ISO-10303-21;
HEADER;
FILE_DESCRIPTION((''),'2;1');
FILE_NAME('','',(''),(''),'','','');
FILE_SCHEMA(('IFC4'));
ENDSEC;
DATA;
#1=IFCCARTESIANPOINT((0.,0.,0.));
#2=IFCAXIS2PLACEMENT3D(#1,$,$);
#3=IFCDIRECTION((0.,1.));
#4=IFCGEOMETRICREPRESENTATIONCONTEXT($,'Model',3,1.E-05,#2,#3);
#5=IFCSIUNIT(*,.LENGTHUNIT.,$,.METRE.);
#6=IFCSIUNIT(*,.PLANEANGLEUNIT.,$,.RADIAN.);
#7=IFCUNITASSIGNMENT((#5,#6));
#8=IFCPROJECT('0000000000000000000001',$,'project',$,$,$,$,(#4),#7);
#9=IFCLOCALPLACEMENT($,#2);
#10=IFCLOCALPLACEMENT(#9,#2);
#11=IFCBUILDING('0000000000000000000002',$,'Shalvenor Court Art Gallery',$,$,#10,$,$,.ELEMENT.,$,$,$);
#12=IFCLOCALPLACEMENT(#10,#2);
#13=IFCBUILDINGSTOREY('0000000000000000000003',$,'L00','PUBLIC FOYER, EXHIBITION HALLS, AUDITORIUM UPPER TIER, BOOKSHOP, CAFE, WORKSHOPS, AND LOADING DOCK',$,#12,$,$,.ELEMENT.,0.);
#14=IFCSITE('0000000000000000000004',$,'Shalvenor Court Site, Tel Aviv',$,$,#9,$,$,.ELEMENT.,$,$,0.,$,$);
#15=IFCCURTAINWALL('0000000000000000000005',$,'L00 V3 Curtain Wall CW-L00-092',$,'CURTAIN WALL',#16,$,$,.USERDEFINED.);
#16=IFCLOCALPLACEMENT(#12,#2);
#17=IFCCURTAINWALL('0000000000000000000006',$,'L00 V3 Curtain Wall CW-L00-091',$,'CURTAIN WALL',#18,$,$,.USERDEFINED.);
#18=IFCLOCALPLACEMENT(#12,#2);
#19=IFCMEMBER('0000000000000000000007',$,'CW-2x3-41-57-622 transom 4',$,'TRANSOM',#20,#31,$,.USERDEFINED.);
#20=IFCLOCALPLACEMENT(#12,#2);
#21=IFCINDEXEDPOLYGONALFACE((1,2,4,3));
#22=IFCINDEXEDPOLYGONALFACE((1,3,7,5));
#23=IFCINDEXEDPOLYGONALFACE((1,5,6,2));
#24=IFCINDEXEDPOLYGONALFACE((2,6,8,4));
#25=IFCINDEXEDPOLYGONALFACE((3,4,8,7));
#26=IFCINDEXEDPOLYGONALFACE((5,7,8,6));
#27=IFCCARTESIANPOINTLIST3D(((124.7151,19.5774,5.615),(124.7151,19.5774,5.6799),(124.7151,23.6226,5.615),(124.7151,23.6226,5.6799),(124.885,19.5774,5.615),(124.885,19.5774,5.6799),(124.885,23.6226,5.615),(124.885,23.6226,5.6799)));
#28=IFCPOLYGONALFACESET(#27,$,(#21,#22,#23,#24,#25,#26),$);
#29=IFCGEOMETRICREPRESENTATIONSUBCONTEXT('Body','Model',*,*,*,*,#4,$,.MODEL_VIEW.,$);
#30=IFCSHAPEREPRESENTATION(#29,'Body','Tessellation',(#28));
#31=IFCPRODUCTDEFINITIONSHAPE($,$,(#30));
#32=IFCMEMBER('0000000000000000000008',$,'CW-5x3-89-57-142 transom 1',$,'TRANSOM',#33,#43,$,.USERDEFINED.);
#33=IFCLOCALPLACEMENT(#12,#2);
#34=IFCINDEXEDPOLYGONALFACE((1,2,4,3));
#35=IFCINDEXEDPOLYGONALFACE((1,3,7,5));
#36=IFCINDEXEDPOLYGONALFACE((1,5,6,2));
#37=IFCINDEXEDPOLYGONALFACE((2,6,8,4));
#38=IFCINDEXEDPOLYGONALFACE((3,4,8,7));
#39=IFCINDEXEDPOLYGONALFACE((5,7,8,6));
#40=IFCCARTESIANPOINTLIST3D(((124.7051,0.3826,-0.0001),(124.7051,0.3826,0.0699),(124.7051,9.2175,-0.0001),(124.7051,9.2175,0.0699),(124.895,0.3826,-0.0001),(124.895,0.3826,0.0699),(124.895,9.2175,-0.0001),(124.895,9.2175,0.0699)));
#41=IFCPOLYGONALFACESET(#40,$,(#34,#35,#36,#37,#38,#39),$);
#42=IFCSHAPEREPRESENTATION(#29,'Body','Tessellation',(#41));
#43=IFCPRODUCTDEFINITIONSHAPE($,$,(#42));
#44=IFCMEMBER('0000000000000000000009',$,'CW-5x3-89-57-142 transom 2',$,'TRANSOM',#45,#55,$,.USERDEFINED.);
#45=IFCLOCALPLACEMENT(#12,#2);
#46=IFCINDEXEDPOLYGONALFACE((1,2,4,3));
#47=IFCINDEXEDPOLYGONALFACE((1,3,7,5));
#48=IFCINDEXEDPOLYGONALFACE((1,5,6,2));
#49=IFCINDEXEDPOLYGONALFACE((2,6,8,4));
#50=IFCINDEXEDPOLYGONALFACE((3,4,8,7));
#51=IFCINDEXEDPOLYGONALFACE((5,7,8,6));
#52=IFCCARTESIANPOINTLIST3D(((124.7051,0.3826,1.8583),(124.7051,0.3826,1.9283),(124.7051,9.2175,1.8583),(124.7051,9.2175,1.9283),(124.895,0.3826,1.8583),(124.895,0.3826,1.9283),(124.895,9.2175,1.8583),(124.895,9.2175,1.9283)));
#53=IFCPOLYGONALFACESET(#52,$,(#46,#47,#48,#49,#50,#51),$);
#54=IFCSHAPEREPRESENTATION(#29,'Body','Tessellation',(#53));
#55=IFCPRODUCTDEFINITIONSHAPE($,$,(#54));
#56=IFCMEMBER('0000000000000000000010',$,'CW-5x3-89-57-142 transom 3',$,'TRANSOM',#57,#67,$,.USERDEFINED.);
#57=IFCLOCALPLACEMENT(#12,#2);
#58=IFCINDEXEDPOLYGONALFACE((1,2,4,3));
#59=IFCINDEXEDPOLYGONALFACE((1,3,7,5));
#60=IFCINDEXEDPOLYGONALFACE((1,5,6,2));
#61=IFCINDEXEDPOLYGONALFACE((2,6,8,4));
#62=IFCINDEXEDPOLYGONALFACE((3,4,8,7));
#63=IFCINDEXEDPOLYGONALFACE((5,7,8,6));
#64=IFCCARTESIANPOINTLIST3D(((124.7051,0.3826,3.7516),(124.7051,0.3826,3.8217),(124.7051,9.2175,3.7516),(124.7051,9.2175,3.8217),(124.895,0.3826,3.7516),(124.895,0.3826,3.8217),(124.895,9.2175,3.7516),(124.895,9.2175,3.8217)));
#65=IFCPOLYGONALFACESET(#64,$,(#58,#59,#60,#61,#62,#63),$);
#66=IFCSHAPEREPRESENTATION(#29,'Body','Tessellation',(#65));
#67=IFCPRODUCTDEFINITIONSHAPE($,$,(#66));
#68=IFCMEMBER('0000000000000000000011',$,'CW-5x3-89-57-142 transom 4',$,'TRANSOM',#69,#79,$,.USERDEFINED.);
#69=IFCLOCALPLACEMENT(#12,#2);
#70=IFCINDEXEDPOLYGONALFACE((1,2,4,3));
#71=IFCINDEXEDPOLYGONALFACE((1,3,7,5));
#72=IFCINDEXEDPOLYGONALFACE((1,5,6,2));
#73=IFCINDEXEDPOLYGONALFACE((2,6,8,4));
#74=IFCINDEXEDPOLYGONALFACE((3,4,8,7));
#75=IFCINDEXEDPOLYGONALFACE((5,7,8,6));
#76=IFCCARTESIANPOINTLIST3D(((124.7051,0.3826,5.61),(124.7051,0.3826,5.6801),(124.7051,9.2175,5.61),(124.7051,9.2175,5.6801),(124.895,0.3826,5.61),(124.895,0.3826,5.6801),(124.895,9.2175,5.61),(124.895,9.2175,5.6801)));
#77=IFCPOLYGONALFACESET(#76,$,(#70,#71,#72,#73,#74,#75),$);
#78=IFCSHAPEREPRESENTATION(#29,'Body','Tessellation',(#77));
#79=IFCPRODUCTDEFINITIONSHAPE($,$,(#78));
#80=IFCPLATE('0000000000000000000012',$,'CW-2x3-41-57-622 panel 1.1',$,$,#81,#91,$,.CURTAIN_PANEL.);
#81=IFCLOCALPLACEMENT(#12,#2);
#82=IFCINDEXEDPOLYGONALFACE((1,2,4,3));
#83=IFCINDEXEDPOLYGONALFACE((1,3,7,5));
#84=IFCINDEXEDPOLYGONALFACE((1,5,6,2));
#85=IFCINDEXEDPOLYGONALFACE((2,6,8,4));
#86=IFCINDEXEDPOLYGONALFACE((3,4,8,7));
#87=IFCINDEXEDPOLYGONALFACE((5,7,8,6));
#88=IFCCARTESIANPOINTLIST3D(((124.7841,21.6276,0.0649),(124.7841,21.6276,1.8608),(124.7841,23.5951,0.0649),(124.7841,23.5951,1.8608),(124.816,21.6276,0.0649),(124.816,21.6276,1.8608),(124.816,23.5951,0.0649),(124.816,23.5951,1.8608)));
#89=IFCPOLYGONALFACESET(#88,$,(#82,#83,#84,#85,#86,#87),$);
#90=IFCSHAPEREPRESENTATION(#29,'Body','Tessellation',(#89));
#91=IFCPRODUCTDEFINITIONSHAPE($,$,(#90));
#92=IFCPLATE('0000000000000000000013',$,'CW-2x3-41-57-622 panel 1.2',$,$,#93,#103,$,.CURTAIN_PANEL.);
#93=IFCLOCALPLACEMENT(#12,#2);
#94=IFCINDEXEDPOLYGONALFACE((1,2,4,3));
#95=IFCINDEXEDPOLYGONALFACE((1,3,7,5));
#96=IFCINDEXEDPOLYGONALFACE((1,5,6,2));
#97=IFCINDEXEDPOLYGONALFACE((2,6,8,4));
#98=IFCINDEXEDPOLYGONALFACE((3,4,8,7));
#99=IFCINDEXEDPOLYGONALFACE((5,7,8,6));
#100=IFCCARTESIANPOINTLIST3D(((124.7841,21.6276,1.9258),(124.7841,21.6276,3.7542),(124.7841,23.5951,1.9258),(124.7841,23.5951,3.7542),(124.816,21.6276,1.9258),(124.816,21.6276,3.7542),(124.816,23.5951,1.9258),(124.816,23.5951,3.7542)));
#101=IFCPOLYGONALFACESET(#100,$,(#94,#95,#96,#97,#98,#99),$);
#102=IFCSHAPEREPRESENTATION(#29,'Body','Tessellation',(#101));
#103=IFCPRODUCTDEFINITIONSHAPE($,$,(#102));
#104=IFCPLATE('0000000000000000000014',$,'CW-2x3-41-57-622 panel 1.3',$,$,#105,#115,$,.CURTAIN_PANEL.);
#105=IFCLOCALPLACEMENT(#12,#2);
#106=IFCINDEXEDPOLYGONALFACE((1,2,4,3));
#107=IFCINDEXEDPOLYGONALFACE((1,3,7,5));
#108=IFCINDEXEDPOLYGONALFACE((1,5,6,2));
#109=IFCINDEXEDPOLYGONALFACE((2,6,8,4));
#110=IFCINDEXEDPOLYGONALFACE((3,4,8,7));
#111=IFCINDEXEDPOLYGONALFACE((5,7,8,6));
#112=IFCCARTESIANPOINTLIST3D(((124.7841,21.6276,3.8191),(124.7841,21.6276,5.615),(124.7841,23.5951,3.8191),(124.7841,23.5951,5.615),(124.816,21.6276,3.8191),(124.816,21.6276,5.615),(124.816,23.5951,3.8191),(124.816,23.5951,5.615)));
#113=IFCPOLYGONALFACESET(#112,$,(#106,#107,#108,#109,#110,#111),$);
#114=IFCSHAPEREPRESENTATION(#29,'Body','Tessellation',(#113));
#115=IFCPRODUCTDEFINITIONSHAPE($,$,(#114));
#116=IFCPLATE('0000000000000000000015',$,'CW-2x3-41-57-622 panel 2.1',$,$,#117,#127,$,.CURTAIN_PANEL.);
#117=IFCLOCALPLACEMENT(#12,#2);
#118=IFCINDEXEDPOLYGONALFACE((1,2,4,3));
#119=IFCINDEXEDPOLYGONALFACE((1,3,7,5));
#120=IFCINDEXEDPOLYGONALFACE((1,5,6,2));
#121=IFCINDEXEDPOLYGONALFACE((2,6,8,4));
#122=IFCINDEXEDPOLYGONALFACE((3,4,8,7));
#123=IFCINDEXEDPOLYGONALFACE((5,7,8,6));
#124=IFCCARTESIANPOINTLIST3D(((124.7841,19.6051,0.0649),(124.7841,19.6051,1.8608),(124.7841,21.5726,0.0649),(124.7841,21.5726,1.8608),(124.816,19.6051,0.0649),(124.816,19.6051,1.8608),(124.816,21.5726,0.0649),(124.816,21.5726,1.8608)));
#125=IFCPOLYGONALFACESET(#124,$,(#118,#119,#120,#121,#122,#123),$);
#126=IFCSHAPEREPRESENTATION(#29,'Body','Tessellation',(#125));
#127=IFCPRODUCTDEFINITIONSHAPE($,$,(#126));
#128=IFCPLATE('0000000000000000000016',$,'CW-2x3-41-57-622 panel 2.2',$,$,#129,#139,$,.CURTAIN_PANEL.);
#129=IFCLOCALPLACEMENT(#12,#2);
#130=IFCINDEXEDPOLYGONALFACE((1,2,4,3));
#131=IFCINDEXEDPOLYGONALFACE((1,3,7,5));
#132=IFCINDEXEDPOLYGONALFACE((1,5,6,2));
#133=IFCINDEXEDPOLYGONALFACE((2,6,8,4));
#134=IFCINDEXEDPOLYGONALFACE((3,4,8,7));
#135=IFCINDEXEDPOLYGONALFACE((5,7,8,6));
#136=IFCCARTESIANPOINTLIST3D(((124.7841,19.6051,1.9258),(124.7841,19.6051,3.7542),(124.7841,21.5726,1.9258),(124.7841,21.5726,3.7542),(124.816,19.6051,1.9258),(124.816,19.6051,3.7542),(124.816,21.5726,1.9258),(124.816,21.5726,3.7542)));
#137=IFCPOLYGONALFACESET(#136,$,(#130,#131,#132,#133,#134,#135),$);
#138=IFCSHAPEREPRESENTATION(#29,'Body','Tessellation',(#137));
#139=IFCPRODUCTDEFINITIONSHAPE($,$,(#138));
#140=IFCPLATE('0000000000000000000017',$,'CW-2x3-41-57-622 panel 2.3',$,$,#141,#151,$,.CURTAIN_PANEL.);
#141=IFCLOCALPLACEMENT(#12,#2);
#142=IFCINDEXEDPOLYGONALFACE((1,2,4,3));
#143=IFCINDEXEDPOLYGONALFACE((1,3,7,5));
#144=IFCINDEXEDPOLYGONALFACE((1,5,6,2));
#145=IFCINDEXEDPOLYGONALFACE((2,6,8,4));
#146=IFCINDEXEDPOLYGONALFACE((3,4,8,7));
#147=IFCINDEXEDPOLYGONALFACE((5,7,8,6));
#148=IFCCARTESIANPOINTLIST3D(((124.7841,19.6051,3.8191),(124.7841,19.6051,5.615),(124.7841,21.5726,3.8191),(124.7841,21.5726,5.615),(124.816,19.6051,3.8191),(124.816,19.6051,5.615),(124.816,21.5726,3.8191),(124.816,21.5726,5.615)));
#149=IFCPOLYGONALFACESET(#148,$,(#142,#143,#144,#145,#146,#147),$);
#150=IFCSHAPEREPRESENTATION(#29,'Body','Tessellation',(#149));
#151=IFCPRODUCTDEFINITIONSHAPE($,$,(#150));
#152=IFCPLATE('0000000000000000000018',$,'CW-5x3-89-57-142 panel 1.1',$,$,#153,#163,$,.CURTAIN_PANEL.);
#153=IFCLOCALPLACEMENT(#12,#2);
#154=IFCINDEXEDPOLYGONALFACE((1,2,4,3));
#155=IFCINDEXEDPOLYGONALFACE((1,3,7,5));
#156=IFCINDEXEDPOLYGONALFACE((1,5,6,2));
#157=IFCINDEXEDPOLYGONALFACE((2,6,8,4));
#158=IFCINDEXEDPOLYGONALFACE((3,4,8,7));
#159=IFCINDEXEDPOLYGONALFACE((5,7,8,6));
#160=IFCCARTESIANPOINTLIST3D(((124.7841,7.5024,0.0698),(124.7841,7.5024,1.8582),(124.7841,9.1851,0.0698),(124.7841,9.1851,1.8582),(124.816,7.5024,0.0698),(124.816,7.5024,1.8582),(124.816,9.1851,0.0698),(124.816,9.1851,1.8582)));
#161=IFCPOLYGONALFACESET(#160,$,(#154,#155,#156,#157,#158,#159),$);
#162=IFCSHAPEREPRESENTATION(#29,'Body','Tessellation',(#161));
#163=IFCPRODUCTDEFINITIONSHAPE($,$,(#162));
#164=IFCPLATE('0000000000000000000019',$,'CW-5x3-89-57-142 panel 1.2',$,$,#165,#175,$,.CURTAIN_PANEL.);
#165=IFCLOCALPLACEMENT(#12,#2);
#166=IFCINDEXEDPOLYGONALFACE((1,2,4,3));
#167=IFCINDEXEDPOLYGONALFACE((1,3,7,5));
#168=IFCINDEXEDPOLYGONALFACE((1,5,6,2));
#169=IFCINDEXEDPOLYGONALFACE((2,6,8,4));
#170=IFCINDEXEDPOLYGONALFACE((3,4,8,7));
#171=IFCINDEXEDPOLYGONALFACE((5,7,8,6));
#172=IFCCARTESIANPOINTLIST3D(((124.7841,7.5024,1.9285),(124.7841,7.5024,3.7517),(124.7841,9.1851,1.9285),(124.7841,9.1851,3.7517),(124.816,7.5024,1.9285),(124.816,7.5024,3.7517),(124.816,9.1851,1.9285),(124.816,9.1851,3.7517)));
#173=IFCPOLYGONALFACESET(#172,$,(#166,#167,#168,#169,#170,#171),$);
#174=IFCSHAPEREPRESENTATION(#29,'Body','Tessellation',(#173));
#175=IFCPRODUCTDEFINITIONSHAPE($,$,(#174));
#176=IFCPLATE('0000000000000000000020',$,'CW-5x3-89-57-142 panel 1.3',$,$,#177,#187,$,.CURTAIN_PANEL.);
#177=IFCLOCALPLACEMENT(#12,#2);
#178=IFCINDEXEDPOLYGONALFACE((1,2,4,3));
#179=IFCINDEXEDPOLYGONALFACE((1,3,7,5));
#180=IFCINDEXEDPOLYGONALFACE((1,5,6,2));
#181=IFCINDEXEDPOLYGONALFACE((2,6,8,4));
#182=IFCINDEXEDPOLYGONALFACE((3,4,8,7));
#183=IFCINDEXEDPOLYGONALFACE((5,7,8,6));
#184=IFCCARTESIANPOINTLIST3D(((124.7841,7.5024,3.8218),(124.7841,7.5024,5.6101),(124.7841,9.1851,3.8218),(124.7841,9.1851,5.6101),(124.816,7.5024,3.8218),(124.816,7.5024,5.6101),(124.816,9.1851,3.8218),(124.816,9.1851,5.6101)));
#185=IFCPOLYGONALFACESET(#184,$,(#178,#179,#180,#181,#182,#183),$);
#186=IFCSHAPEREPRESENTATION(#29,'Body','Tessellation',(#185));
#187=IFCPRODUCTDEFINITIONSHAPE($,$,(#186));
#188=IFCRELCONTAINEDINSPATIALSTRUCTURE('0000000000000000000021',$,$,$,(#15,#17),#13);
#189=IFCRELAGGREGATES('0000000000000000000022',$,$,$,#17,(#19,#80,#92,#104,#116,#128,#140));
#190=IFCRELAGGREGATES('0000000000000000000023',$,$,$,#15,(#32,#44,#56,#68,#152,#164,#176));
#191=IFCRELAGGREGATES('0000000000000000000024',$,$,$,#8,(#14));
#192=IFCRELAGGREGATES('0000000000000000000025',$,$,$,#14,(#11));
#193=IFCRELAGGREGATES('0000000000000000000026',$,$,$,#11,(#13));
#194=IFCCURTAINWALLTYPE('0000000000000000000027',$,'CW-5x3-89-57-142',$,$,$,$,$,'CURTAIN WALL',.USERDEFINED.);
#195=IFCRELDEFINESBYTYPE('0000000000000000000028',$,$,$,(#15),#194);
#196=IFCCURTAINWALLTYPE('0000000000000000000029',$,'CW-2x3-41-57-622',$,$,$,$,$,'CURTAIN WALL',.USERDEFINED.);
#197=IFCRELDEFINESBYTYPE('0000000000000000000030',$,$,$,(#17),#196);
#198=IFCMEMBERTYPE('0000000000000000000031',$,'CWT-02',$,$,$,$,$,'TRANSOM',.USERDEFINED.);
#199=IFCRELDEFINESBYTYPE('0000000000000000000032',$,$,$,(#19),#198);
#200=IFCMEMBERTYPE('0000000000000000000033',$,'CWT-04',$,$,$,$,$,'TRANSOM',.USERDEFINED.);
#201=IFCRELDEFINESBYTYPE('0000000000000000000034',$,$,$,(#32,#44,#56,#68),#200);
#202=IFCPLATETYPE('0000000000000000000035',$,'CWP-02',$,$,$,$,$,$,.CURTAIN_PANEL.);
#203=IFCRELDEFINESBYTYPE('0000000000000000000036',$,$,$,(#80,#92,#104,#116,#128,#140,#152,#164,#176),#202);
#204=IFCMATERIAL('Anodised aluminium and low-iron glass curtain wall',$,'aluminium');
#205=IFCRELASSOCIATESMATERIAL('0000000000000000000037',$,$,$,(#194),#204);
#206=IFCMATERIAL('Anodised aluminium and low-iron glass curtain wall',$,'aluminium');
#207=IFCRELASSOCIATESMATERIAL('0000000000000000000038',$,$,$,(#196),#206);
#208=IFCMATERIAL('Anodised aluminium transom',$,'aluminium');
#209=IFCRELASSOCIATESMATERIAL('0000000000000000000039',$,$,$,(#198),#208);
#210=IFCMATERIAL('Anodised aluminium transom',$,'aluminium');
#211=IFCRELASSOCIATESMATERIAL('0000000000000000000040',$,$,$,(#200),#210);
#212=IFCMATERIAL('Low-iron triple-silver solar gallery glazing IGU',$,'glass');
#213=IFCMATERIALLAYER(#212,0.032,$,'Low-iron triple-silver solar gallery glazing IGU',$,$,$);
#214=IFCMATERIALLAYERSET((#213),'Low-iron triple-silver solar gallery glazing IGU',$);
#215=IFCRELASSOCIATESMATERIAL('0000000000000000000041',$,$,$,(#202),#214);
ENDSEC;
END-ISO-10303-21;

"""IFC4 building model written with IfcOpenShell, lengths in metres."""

from ifc_helpers import new_model, si_unit, direction, frame, origin, origin_2d, place, context, subcontext, project, spatial, rectangle, extrude, material, layer, layer_set, material_profile, profile_set, type_object, element, aggregate, save


model = new_model("IFC4")

# Units and contexts
model_context = context("Model", 3, precision=1e-05, world=origin(), true_north=direction((0.0, 1.0)))
body_context = subcontext(model_context, "Body", "Model", "MODEL_VIEW")
ifc_project = project(units=[si_unit("LENGTHUNIT", "METRE"), si_unit("PLANEANGLEUNIT", "RADIAN")], contexts=[model_context])

# Site, building, storey
site_placement = place(None, origin())
site = spatial("IfcSite", under=ifc_project, at=site_placement, Name="Shalvenor Court Site, Tel Aviv", CompositionType="ELEMENT", RefElevation=0.0)
building_placement = place(site_placement, origin())
building = spatial("IfcBuilding", under=site, at=building_placement, Name="Shalvenor Court Art Gallery", CompositionType="ELEMENT")
storey_placement = place(building_placement, origin())
storey = spatial("IfcBuildingStorey", under=building, at=storey_placement, Name="L00", Description="PUBLIC FOYER, EXHIBITION HALLS, AUDITORIUM UPPER TIER, BOOKSHOP, CAFE, WORKSHOPS, AND LOADING DOCK", CompositionType="ELEMENT", Elevation=0.0)

# Curtain walls, member
ifc_material_1 = material(Name="Anodised aluminium and low-iron glass curtain wall", Category="aluminium")
curtain_wall_type_1 = type_object("IfcCurtainWallType", Name="CW-5x3-89-57-142", ElementType="CURTAIN WALL", PredefinedType="USERDEFINED", material=ifc_material_1)
curtain_wall_1_placement = place(storey_placement, origin())
curtain_wall_1 = element("IfcCurtainWall", 1, at=curtain_wall_1_placement, inside=storey, type_object=curtain_wall_type_1, Name="L00 V3 Curtain Wall CW-L00-092", ObjectType="CURTAIN WALL", PredefinedType="USERDEFINED")
ifc_material_2 = material(Name="Anodised aluminium and low-iron glass curtain wall", Category="aluminium")
curtain_wall_type_2 = type_object("IfcCurtainWallType", Name="CW-2x3-41-57-622", ElementType="CURTAIN WALL", PredefinedType="USERDEFINED", material=ifc_material_2)
curtain_wall_2_placement = place(storey_placement, origin())
curtain_wall_2 = element("IfcCurtainWall", 2, at=curtain_wall_2_placement, inside=storey, type_object=curtain_wall_type_2, Name="L00 V3 Curtain Wall CW-L00-091", ObjectType="CURTAIN WALL", PredefinedType="USERDEFINED")
ifc_material_3 = material(Name="Anodised aluminium transom", Category="aluminium")
ifc_material_profile_1 = material_profile(ifc_material_3, rectangle(XDim=0.1699, YDim=0.0649, at=origin_2d()), Name="CWT-02")
ifc_profile_set_1 = profile_set([ifc_material_profile_1], Name="Anodised aluminium transom")
member_type_1 = type_object("IfcMemberType", Name="CWT-02", ElementType="TRANSOM", PredefinedType="USERDEFINED", material=ifc_profile_set_1)
member_1_placement = place(storey_placement, frame((124.8, 23.6226, 5.6475), z_axis=(0.0, -1.0, 0.0), x_axis=(1.0, 0.0, 0.0)))
member_1 = element("IfcMember", 3, at=member_1_placement, type_object=member_type_1, Name="CW-2x3-41-57-622 transom 4", ObjectType="TRANSOM", PredefinedType="USERDEFINED", context=body_context, shape_type="SweptSolid", body=[
    extrude(rectangle(XDim=0.1699, YDim=0.0649, at=origin_2d()), origin(), (0.0, 0.0, 1.0), 4.0452),
])

# Members
ifc_material_4 = material(Name="Anodised aluminium transom", Category="aluminium")
ifc_material_profile_2 = material_profile(ifc_material_4, rectangle(XDim=0.1899, YDim=0.0701, at=origin_2d()), Name="CWT-04")
ifc_profile_set_2 = profile_set([ifc_material_profile_2], Name="Anodised aluminium transom")
member_type_2 = type_object("IfcMemberType", Name="CWT-04", ElementType="TRANSOM", PredefinedType="USERDEFINED", material=ifc_profile_set_2)
member_2_placement = place(storey_placement, frame((124.8, 9.2175, 0.0349), z_axis=(0.0, -1.0, 0.0), x_axis=(1.0, 0.0, 0.0)))
member_2 = element("IfcMember", 4, at=member_2_placement, type_object=member_type_2, Name="CW-5x3-89-57-142 transom 1", ObjectType="TRANSOM", PredefinedType="USERDEFINED", context=body_context, shape_type="SweptSolid", body=[
    extrude(rectangle(XDim=0.1899, YDim=0.0701, at=origin_2d()), origin(), (0.0, 0.0, 1.0), 8.835),
])
member_3_placement = place(storey_placement, frame((124.8, 9.2175, 1.8933), z_axis=(0.0, -1.0, 0.0), x_axis=(1.0, 0.0, 0.0)))
member_3 = element("IfcMember", 5, at=member_3_placement, type_object=member_type_2, Name="CW-5x3-89-57-142 transom 2", ObjectType="TRANSOM", PredefinedType="USERDEFINED", context=body_context, shape_type="SweptSolid", body=[
    extrude(rectangle(XDim=0.1899, YDim=0.0701, at=origin_2d()), origin(), (0.0, 0.0, 1.0), 8.835),
])
member_4_placement = place(storey_placement, frame((124.8, 9.2175, 3.7866), z_axis=(0.0, -1.0, 0.0), x_axis=(1.0, 0.0, 0.0)))
member_4 = element("IfcMember", 6, at=member_4_placement, type_object=member_type_2, Name="CW-5x3-89-57-142 transom 3", ObjectType="TRANSOM", PredefinedType="USERDEFINED", context=body_context, shape_type="SweptSolid", body=[
    extrude(rectangle(XDim=0.1899, YDim=0.0701, at=origin_2d()), origin(), (0.0, 0.0, 1.0), 8.835),
])
member_5_placement = place(storey_placement, frame((124.8, 9.2175, 5.645), z_axis=(0.0, -1.0, 0.0), x_axis=(1.0, 0.0, 0.0)))
member_5 = element("IfcMember", 7, at=member_5_placement, type_object=member_type_2, Name="CW-5x3-89-57-142 transom 4", ObjectType="TRANSOM", PredefinedType="USERDEFINED", context=body_context, shape_type="SweptSolid", body=[
    extrude(rectangle(XDim=0.1899, YDim=0.0701, at=origin_2d()), origin(), (0.0, 0.0, 1.0), 8.835),
])

# Plates
ifc_material_5 = material(Name="Low-iron triple-silver solar gallery glazing IGU", Category="glass")
ifc_layer_1 = layer(ifc_material_5, 0.032, Name="Low-iron triple-silver solar gallery glazing IGU")
ifc_layer_set_1 = layer_set([ifc_layer_1], Name="Low-iron triple-silver solar gallery glazing IGU")
plate_type_1 = type_object("IfcPlateType", Name="CWP-02", PredefinedType="CURTAIN_PANEL", material=ifc_layer_set_1)
plate_1_placement = place(storey_placement, frame((124.8, 22.6113, 0.0649), z_axis=(0.0, 0.0, 1.0), x_axis=(0.0, -1.0, 0.0)))
plate_1 = element("IfcPlate", 8, at=plate_1_placement, type_object=plate_type_1, Name="CW-2x3-41-57-622 panel 1.1", PredefinedType="CURTAIN_PANEL", context=body_context, shape_type="SweptSolid", body=[
    extrude(rectangle(XDim=1.9675, YDim=0.032, at=origin_2d()), origin(), (0.0, 0.0, 1.0), 1.7959),
])
plate_2_placement = place(storey_placement, frame((124.8, 22.6113, 1.9258), z_axis=(0.0, 0.0, 1.0), x_axis=(0.0, -1.0, 0.0)))
plate_2 = element("IfcPlate", 9, at=plate_2_placement, type_object=plate_type_1, Name="CW-2x3-41-57-622 panel 1.2", PredefinedType="CURTAIN_PANEL", context=body_context, shape_type="SweptSolid", body=[
    extrude(rectangle(XDim=1.9675, YDim=0.032, at=origin_2d()), origin(), (0.0, 0.0, 1.0), 1.8284),
])
plate_3_placement = place(storey_placement, frame((124.8, 22.6113, 3.8191), z_axis=(0.0, 0.0, 1.0), x_axis=(0.0, -1.0, 0.0)))
plate_3 = element("IfcPlate", 10, at=plate_3_placement, type_object=plate_type_1, Name="CW-2x3-41-57-622 panel 1.3", PredefinedType="CURTAIN_PANEL", context=body_context, shape_type="SweptSolid", body=[
    extrude(rectangle(XDim=1.9675, YDim=0.032, at=origin_2d()), origin(), (0.0, 0.0, 1.0), 1.7959),
])
plate_4_placement = place(storey_placement, frame((124.8, 20.5889, 0.0649), z_axis=(0.0, 0.0, 1.0), x_axis=(0.0, -1.0, 0.0)))
plate_4 = element("IfcPlate", 11, at=plate_4_placement, type_object=plate_type_1, Name="CW-2x3-41-57-622 panel 2.1", PredefinedType="CURTAIN_PANEL", context=body_context, shape_type="SweptSolid", body=[
    extrude(rectangle(XDim=1.9675, YDim=0.032, at=origin_2d()), origin(), (0.0, 0.0, 1.0), 1.7959),
])
plate_5_placement = place(storey_placement, frame((124.8, 20.5889, 1.9258), z_axis=(0.0, 0.0, 1.0), x_axis=(0.0, -1.0, 0.0)))
plate_5 = element("IfcPlate", 12, at=plate_5_placement, type_object=plate_type_1, Name="CW-2x3-41-57-622 panel 2.2", PredefinedType="CURTAIN_PANEL", context=body_context, shape_type="SweptSolid", body=[
    extrude(rectangle(XDim=1.9675, YDim=0.032, at=origin_2d()), origin(), (0.0, 0.0, 1.0), 1.8284),
])
plate_6_placement = place(storey_placement, frame((124.8, 20.5889, 3.8191), z_axis=(0.0, 0.0, 1.0), x_axis=(0.0, -1.0, 0.0)))
plate_6 = element("IfcPlate", 13, at=plate_6_placement, type_object=plate_type_1, Name="CW-2x3-41-57-622 panel 2.3", PredefinedType="CURTAIN_PANEL", context=body_context, shape_type="SweptSolid", body=[
    extrude(rectangle(XDim=1.9675, YDim=0.032, at=origin_2d()), origin(), (0.0, 0.0, 1.0), 1.7959),
])
aggregate(curtain_wall_2, [member_1, plate_1, plate_2, plate_3, plate_4, plate_5, plate_6])
plate_7_placement = place(storey_placement, frame((124.8, 8.3438, 0.0698), z_axis=(0.0, 0.0, 1.0), x_axis=(0.0, -1.0, 0.0)))
plate_7 = element("IfcPlate", 14, at=plate_7_placement, type_object=plate_type_1, Name="CW-5x3-89-57-142 panel 1.1", PredefinedType="CURTAIN_PANEL", context=body_context, shape_type="SweptSolid", body=[
    extrude(rectangle(XDim=1.6826, YDim=0.032, at=origin_2d()), origin(), (0.0, 0.0, 1.0), 1.7883),
])
plate_8_placement = place(storey_placement, frame((124.8, 8.3438, 1.9285), z_axis=(0.0, 0.0, 1.0), x_axis=(0.0, -1.0, 0.0)))
plate_8 = element("IfcPlate", 15, at=plate_8_placement, type_object=plate_type_1, Name="CW-5x3-89-57-142 panel 1.2", PredefinedType="CURTAIN_PANEL", context=body_context, shape_type="SweptSolid", body=[
    extrude(rectangle(XDim=1.6826, YDim=0.032, at=origin_2d()), origin(), (0.0, 0.0, 1.0), 1.8232),
])
plate_9_placement = place(storey_placement, frame((124.8, 8.3438, 3.8218), z_axis=(0.0, 0.0, 1.0), x_axis=(0.0, -1.0, 0.0)))
plate_9 = element("IfcPlate", 16, at=plate_9_placement, type_object=plate_type_1, Name="CW-5x3-89-57-142 panel 1.3", PredefinedType="CURTAIN_PANEL", context=body_context, shape_type="SweptSolid", body=[
    extrude(rectangle(XDim=1.6826, YDim=0.032, at=origin_2d()), origin(), (0.0, 0.0, 1.0), 1.7883),
])
aggregate(curtain_wall_1, [member_2, member_3, member_4, member_5, plate_7, plate_8, plate_9])

save(model, "model.ifc")
